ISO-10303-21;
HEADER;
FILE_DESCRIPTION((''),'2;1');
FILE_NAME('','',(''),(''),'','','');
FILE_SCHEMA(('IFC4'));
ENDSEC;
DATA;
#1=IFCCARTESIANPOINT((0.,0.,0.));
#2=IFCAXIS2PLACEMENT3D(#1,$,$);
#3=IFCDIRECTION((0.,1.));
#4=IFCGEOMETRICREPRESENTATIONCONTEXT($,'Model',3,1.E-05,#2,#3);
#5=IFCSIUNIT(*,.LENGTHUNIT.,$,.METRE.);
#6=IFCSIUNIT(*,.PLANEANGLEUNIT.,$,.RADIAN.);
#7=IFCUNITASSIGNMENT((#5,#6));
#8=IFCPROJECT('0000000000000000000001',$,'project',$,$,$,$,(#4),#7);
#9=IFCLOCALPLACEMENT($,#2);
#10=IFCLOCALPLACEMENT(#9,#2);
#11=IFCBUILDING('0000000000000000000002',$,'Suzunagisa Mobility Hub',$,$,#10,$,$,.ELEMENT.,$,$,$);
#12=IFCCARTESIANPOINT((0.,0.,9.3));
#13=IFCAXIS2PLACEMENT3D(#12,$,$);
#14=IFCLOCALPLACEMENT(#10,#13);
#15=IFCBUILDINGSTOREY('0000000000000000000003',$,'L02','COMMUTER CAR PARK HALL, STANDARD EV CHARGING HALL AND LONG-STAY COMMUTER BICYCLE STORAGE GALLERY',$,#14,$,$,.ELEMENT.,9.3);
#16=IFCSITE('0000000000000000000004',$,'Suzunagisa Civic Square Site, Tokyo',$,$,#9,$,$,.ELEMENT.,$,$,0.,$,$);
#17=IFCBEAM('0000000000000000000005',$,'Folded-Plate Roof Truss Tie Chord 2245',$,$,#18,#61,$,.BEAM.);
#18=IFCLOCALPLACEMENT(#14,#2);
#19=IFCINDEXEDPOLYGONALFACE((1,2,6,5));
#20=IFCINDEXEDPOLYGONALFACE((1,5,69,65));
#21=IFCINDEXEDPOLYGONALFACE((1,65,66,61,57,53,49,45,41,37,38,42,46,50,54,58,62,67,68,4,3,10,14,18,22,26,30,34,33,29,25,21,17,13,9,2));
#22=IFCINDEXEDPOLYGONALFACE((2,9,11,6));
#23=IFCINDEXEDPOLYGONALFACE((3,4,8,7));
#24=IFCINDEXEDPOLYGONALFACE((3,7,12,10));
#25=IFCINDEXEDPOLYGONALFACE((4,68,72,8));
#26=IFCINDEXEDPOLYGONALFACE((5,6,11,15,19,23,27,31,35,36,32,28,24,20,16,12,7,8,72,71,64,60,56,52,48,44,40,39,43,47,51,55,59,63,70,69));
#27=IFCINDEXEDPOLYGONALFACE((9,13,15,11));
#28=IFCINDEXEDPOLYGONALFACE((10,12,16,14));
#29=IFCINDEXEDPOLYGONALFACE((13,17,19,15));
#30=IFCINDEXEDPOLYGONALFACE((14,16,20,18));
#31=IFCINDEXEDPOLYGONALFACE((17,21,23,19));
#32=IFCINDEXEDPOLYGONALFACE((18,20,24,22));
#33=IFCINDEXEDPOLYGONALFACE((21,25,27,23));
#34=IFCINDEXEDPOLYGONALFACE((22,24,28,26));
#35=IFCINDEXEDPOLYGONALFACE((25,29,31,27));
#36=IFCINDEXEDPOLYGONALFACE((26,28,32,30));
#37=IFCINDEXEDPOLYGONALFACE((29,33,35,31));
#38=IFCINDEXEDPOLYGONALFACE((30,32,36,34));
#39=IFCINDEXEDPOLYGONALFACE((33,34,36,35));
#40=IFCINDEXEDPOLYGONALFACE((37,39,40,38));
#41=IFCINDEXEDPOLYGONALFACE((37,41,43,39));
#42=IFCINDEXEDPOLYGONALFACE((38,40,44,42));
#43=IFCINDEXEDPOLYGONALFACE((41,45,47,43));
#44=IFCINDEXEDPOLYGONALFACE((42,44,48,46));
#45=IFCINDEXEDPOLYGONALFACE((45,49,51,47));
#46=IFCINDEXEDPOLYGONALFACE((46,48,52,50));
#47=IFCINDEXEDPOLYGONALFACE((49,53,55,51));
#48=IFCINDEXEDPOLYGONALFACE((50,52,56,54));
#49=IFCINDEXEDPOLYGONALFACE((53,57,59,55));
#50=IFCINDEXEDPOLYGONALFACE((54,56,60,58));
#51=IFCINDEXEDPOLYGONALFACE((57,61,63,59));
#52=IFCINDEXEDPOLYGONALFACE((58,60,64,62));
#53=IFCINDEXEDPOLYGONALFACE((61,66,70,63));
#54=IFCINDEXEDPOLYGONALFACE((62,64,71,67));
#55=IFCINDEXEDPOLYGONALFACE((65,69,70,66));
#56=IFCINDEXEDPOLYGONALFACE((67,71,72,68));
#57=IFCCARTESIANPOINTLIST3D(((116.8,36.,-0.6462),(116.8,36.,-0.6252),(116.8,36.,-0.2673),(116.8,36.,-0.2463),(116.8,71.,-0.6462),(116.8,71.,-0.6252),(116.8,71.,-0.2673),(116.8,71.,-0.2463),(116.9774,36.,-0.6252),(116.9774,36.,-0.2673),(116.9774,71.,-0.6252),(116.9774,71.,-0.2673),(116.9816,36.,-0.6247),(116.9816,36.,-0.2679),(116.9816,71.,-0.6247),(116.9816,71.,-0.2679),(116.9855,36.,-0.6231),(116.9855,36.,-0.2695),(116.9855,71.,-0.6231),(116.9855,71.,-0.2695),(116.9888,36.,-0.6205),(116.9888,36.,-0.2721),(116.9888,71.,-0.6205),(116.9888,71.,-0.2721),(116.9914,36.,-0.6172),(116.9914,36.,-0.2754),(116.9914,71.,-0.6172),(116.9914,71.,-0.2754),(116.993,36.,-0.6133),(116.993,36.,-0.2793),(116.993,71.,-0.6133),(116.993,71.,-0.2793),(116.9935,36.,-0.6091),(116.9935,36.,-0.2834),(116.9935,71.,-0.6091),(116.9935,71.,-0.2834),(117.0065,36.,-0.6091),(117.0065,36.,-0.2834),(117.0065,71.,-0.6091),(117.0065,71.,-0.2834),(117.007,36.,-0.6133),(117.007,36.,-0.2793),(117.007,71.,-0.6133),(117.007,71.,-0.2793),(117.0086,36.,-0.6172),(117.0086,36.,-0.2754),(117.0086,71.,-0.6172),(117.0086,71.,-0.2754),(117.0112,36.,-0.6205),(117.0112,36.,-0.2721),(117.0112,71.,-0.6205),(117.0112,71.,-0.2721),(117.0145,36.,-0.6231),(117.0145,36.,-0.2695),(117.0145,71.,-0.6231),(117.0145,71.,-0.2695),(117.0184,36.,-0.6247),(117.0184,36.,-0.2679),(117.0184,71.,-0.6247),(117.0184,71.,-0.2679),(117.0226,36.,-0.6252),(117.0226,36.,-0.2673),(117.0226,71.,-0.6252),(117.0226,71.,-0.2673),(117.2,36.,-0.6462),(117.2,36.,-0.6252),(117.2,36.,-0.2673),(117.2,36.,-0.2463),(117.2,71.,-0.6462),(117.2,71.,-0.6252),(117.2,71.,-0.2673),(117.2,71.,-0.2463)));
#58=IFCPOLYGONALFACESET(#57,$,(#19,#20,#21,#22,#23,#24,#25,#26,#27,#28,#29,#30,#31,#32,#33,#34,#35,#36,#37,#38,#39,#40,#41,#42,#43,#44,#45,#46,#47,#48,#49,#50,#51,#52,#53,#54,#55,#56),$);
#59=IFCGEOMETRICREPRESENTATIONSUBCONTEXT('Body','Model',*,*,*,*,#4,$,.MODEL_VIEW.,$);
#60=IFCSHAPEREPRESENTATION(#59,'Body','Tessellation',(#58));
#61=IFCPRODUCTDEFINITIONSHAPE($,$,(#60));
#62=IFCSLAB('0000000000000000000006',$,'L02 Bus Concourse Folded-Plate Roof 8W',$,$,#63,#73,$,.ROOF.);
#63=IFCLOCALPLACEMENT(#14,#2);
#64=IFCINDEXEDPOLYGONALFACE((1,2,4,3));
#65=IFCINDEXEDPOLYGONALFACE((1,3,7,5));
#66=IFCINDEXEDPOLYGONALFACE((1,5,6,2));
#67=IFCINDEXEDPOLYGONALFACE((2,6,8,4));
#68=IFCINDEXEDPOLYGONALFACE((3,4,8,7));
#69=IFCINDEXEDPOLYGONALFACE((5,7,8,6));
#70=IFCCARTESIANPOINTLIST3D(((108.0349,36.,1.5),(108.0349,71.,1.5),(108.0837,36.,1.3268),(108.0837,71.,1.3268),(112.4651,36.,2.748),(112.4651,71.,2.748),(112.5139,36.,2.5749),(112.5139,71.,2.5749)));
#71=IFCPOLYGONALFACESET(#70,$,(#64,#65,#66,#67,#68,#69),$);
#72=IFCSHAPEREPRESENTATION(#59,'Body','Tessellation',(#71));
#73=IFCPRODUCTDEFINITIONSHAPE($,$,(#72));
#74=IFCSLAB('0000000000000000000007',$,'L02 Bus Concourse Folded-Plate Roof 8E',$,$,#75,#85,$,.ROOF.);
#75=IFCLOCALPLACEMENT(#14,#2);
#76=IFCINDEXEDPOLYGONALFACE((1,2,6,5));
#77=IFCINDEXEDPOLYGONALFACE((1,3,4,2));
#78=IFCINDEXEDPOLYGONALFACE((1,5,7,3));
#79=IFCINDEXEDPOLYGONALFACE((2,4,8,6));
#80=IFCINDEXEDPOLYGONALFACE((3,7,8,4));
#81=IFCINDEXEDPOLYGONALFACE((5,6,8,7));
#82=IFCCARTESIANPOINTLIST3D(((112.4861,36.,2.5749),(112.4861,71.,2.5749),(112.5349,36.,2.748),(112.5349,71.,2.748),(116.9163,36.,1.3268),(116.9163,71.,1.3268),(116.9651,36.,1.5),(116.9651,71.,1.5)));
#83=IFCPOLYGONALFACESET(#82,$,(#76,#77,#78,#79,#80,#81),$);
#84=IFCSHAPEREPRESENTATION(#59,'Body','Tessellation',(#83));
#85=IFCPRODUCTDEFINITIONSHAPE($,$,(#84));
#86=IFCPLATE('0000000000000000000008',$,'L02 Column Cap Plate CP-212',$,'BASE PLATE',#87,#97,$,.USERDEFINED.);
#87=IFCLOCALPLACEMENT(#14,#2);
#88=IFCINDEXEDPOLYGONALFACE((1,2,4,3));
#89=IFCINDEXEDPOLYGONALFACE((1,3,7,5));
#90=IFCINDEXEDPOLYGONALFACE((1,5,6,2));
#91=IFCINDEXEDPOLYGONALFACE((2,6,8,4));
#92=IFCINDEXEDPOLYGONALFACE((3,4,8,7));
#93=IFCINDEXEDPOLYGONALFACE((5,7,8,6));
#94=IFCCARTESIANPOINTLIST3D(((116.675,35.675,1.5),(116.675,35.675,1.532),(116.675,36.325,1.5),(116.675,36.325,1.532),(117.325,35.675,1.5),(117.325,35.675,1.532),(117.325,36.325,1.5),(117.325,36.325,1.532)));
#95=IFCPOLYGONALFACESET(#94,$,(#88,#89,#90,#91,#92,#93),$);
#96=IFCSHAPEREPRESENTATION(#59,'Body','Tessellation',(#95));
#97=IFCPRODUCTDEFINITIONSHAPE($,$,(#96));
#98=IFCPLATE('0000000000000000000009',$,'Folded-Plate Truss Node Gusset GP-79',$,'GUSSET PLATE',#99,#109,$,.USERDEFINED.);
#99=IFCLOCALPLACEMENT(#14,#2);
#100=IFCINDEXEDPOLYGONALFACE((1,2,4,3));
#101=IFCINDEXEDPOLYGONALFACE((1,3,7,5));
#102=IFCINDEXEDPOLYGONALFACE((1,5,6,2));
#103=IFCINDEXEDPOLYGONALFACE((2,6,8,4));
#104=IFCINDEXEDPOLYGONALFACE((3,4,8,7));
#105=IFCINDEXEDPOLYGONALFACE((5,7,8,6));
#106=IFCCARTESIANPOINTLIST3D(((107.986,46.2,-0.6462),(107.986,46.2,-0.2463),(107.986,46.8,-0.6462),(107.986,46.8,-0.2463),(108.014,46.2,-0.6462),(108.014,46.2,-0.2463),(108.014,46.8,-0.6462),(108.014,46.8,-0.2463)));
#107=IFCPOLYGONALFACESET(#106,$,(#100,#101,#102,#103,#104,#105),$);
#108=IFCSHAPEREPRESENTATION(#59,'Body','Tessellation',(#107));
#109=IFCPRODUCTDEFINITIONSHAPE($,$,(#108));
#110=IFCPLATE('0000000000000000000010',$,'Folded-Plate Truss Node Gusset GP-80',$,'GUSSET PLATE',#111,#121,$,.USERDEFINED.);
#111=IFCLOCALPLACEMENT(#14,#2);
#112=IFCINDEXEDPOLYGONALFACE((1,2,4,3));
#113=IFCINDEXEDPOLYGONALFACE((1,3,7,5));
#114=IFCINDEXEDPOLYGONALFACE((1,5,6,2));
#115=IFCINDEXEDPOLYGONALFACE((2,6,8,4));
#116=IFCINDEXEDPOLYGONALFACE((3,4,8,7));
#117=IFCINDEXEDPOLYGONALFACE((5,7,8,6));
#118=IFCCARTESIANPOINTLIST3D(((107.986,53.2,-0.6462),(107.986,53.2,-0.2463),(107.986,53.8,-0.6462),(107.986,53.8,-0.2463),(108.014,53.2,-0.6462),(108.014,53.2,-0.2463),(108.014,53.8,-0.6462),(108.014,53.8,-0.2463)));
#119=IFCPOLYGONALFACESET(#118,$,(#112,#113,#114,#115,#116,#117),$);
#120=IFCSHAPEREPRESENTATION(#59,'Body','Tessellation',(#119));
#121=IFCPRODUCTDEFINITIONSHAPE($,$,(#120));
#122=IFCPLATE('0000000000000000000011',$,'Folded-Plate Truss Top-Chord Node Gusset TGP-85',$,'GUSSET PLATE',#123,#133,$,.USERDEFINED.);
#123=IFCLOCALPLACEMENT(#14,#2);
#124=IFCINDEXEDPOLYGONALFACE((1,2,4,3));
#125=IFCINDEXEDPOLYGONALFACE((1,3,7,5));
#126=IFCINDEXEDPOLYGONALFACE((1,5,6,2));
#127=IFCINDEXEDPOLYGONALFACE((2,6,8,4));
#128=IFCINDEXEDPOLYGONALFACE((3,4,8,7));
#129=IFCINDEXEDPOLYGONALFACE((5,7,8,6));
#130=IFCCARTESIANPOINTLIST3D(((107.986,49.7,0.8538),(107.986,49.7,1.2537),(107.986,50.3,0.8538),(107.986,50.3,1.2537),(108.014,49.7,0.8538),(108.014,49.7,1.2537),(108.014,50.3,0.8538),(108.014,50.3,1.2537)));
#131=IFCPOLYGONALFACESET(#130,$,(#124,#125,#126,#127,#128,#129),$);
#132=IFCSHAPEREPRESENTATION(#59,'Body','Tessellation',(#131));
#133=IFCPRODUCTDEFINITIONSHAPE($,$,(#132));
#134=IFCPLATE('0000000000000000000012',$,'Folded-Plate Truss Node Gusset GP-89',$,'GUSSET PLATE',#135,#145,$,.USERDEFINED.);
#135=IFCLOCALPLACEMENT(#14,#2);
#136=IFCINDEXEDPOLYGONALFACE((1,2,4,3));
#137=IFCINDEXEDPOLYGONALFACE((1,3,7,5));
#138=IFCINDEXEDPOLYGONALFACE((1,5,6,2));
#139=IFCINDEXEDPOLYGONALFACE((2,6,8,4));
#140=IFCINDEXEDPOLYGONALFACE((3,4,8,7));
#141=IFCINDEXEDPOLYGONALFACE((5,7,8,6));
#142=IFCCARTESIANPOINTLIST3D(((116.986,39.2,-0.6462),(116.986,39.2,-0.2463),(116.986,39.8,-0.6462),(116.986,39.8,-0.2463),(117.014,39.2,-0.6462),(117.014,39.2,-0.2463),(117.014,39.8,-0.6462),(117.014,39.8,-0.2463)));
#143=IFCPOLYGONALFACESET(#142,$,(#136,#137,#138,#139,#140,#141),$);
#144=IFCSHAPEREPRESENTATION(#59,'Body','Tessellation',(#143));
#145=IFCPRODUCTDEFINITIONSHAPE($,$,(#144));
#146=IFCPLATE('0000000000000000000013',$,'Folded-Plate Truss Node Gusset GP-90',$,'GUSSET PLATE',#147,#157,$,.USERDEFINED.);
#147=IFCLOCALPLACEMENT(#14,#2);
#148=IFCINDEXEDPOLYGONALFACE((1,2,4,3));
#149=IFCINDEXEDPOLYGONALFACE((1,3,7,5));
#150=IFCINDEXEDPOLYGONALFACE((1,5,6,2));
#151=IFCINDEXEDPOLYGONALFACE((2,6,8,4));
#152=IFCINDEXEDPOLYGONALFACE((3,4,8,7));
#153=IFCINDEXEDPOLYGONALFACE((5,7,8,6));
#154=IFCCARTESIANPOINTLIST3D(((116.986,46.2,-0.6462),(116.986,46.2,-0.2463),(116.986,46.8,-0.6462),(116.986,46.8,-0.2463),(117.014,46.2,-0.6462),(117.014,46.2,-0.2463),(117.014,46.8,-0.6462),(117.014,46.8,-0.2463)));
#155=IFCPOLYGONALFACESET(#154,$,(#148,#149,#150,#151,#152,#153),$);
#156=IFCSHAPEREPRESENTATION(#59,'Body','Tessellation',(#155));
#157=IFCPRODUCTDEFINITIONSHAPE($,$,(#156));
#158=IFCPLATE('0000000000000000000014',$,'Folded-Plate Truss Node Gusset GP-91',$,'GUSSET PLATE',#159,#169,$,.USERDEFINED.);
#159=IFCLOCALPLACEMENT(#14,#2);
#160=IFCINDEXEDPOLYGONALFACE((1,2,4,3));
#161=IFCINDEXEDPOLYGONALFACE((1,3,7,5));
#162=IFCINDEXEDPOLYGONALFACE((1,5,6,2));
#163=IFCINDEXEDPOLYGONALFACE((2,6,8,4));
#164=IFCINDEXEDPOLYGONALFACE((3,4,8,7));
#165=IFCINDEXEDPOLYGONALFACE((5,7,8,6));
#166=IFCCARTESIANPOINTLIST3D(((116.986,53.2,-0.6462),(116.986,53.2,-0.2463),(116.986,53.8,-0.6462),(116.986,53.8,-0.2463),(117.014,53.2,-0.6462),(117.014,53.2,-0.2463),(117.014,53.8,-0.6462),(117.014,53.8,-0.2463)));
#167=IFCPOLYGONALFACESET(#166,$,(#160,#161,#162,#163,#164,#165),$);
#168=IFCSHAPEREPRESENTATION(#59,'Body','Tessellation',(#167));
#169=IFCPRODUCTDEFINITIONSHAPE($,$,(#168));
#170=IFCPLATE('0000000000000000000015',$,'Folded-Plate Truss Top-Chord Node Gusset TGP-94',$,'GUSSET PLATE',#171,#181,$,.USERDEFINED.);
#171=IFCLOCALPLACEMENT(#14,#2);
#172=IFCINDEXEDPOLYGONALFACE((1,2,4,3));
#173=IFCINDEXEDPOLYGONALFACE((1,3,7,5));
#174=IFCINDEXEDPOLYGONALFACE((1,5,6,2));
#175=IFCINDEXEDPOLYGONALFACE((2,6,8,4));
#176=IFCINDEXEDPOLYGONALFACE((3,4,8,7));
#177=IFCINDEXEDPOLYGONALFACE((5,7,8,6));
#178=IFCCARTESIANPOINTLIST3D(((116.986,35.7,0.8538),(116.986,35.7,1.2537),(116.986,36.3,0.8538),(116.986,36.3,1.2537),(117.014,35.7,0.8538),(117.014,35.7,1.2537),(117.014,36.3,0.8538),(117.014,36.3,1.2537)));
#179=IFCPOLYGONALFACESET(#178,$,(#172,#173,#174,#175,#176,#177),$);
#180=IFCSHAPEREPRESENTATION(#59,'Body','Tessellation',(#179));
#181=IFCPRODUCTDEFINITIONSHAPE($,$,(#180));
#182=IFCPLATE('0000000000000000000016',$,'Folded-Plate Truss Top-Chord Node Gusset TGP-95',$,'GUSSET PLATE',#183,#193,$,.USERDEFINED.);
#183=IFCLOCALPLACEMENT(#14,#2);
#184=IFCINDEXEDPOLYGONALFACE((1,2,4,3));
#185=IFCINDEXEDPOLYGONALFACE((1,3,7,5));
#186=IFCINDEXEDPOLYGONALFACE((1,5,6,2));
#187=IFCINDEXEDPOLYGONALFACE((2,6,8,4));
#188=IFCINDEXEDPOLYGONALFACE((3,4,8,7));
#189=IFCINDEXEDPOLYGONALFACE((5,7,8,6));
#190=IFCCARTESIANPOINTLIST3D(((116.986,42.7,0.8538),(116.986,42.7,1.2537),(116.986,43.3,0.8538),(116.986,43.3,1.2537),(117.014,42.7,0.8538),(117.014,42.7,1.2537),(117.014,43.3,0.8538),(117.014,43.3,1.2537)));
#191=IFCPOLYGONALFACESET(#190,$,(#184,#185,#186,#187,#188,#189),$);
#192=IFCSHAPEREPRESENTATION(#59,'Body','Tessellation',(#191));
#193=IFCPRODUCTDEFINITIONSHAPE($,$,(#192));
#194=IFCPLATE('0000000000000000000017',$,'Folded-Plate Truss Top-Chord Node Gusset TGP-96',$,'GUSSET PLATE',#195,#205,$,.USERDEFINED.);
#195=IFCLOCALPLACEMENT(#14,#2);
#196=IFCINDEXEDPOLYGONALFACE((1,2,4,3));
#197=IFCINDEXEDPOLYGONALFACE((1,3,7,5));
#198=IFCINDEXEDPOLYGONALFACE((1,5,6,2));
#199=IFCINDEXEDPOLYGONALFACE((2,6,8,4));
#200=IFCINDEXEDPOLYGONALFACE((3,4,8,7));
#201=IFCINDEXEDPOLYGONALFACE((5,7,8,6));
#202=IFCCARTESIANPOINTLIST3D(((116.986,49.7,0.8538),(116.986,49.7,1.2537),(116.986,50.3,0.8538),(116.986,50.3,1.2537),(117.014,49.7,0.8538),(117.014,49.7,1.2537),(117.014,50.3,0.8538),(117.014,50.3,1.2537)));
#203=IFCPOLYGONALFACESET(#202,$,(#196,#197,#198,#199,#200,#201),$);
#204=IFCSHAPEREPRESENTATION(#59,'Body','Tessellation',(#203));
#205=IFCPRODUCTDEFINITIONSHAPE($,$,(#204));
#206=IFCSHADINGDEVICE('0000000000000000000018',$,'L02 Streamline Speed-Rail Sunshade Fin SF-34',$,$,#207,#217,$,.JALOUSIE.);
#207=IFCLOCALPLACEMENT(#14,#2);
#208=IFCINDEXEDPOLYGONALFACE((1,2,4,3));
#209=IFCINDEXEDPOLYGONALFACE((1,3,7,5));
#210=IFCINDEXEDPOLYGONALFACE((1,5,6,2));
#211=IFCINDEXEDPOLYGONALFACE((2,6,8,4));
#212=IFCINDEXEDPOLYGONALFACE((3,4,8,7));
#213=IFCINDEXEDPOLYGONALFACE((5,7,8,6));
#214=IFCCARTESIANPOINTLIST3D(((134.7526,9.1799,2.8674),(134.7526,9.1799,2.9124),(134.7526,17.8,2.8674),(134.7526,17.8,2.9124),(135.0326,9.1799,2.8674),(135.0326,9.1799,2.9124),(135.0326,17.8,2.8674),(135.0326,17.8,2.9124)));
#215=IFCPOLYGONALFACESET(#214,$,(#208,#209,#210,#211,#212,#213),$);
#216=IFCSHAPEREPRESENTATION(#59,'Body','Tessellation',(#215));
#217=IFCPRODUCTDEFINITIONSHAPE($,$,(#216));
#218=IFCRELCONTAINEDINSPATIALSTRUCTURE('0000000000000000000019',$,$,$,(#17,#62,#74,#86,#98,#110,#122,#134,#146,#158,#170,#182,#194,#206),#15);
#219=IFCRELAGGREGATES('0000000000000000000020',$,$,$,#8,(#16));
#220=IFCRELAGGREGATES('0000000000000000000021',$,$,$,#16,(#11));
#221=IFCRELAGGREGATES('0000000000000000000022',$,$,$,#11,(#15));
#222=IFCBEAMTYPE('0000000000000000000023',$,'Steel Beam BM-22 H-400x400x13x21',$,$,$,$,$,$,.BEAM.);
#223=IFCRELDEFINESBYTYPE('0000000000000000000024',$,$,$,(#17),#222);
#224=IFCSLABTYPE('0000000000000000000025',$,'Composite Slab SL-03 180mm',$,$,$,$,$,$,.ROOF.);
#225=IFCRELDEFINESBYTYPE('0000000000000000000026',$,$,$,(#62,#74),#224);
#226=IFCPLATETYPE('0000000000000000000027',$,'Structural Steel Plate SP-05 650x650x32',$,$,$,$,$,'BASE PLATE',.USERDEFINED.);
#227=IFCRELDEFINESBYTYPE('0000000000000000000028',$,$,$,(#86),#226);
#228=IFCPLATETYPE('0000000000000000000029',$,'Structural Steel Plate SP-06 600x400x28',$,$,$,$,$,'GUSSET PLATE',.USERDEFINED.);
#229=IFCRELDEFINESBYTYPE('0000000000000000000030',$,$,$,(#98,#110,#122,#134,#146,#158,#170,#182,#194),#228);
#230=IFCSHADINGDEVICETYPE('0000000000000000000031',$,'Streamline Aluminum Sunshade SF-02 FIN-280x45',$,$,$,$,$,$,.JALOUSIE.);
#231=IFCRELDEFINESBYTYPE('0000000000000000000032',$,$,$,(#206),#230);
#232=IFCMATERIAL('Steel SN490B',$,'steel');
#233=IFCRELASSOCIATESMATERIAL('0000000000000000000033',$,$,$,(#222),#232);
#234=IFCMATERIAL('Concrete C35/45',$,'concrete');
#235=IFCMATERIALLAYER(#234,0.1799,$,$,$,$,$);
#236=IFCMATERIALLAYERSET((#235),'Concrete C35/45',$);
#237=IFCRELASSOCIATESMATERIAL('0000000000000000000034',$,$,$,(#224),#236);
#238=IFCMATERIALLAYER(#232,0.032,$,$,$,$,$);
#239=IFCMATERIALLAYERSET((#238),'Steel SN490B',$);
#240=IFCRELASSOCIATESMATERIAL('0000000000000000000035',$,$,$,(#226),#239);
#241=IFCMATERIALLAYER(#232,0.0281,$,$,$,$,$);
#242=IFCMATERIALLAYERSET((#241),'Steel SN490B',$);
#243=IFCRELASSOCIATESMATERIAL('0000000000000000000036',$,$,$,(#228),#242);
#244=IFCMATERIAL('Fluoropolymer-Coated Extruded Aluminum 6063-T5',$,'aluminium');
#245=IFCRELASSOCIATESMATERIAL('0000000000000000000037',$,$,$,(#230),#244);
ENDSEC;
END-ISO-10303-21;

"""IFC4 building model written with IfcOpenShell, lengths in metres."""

from ifc_helpers import new_model, si_unit, direction, frame, origin, origin_2d, place, context, subcontext, project, spatial, polyline, rectangle, i_section, outline, extrude, material, layer, layer_set, material_profile, profile_set, type_object, element, save


model = new_model("IFC4")

# Units and contexts
model_context = context("Model", 3, precision=1e-05, world=origin(), true_north=direction((0.0, 1.0)))
body_context = subcontext(model_context, "Body", "Model", "MODEL_VIEW")
ifc_project = project(units=[si_unit("LENGTHUNIT", "METRE"), si_unit("PLANEANGLEUNIT", "RADIAN")], contexts=[model_context])

# Site, building, storey
site_placement = place(None, origin())
site = spatial("IfcSite", under=ifc_project, at=site_placement, Name="Suzunagisa Civic Square Site, Tokyo", CompositionType="ELEMENT", RefElevation=0.0)
building_placement = place(site_placement, origin())
building = spatial("IfcBuilding", under=site, at=building_placement, Name="Suzunagisa Mobility Hub", CompositionType="ELEMENT")
storey_placement = place(building_placement, frame((0.0, 0.0, 9.3)))
storey = spatial("IfcBuildingStorey", under=building, at=storey_placement, Name="L02", Description="COMMUTER CAR PARK HALL, STANDARD EV CHARGING HALL AND LONG-STAY COMMUTER BICYCLE STORAGE GALLERY", CompositionType="ELEMENT", Elevation=9.3)

# Shared definitions
ifc_material_1 = material(Name="Steel SN490B", Category="steel")

# Beam
ifc_material_profile_1 = material_profile(ifc_material_1, i_section(OverallWidth=0.3999, OverallDepth=0.3999, WebThickness=0.0129, FlangeThickness=0.021, FilletRadius=0.0161, at=origin_2d()), Name="H-400x400x13x21")
ifc_profile_set_1 = profile_set([ifc_material_profile_1], Name="Steel SN490B")
beam_type_1 = type_object("IfcBeamType", Name="Steel Beam BM-22 H-400x400x13x21", PredefinedType="BEAM", material=ifc_profile_set_1)
beam_1_placement = place(storey_placement, frame((117.0, 36.0, -0.4463), z_axis=(0.0, 1.0, 0.0), x_axis=(-1.0, 0.0, 0.0)))
element("IfcBeam", 1, at=beam_1_placement, inside=storey, type_object=beam_type_1, Name="Folded-Plate Roof Truss Tie Chord 2245", PredefinedType="BEAM", context=body_context, shape_type="SweptSolid", body=[
    extrude(i_section(OverallWidth=0.3999, OverallDepth=0.3999, WebThickness=0.0129, FlangeThickness=0.021, FilletRadius=0.0161, at=origin_2d()), origin(), (0.0, 0.0, 1.0), 35.0),
])

# Slabs
ifc_material_2 = material(Name="Concrete C35/45", Category="concrete")
ifc_layer_1 = layer(ifc_material_2, 0.1799)
ifc_layer_set_1 = layer_set([ifc_layer_1], Name="Concrete C35/45")
slab_type = type_object("IfcSlabType", Name="Composite Slab SL-03 180mm", PredefinedType="ROOF", material=ifc_layer_set_1)
for number, where, z_axis, x_axis, name in (
    (2, (108.0349, 36.0, 1.5), (-0.27116, 0.0, 0.962534), (0.962534, 0.0, 0.27116), "L02 Bus Concourse Folded-Plate Roof 8W"),
    (3, (112.5349, 36.0, 2.748), (0.27116, 0.0, 0.962534), (0.962534, 0.0, -0.27116), "L02 Bus Concourse Folded-Plate Roof 8E"),
):
    element("IfcSlab", number, at=place(storey_placement, frame(where, z_axis=z_axis, x_axis=x_axis)), inside=storey, type_object=slab_type, Name=name, PredefinedType="ROOF", context=body_context, shape_type="SweptSolid", body=[
        extrude(outline(polyline([(0.0, 0.0), (4.6026, 0.0), (4.6026, 35.0), (0.0, 35.0), (0.0, 0.0)])), origin(), (0.0, 0.0, -1.0), 0.1799),
    ])

# Plates
ifc_layer_2 = layer(ifc_material_1, 0.032)
ifc_layer_set_2 = layer_set([ifc_layer_2], Name="Steel SN490B")
plate_type_1 = type_object("IfcPlateType", Name="Structural Steel Plate SP-05 650x650x32", ElementType="BASE PLATE", PredefinedType="USERDEFINED", material=ifc_layer_set_2)
plate_placement = place(storey_placement, frame((117.0, 36.0, 1.5), z_axis=(0.0, 0.0, 1.0), x_axis=(1.0, 0.0, 0.0)))
element("IfcPlate", 4, at=plate_placement, inside=storey, type_object=plate_type_1, Name="L02 Column Cap Plate CP-212", ObjectType="BASE PLATE", PredefinedType="USERDEFINED", context=body_context, shape_type="SweptSolid", body=[
    extrude(rectangle(XDim=0.6499, YDim=0.6499, at=origin_2d()), origin(), (0.0, 0.0, 1.0), 0.032),
])
ifc_layer_3 = layer(ifc_material_1, 0.0281)
ifc_layer_set_3 = layer_set([ifc_layer_3], Name="Steel SN490B")
plate_type_2 = type_object("IfcPlateType", Name="Structural Steel Plate SP-06 600x400x28", ElementType="GUSSET PLATE", PredefinedType="USERDEFINED", material=ifc_layer_set_3)
for number, where, z_axis, x_axis, name in (
    (5, (108.0, 46.5, -0.6462), (0.0, 0.0, 1.0), (1.0, 0.0, 0.0), "Folded-Plate Truss Node Gusset GP-79"),
    (6, (108.0, 53.5, -0.6462), (0.0, 0.0, 1.0), (1.0, 0.0, 0.0), "Folded-Plate Truss Node Gusset GP-80"),
    (7, (108.0, 50.0, 0.8538), (0.0, 0.0, 1.0), (1.0, 0.0, 0.0), "Folded-Plate Truss Top-Chord Node Gusset TGP-85"),
    (8, (117.0, 39.5, -0.6462), (0.0, 0.0, 1.0), (1.0, 0.0, 0.0), "Folded-Plate Truss Node Gusset GP-89"),
    (9, (117.0, 46.5, -0.6462), (0.0, 0.0, 1.0), (1.0, 0.0, 0.0), "Folded-Plate Truss Node Gusset GP-90"),
    (10, (117.0, 53.5, -0.6462), (0.0, 0.0, 1.0), (1.0, 0.0, 0.0), "Folded-Plate Truss Node Gusset GP-91"),
    (11, (117.0, 36.0, 0.8538), (0.0, 0.0, 1.0), (1.0, 0.0, 0.0), "Folded-Plate Truss Top-Chord Node Gusset TGP-94"),
    (12, (117.0, 43.0, 0.8538), (0.0, 0.0, 1.0), (1.0, 0.0, 0.0), "Folded-Plate Truss Top-Chord Node Gusset TGP-95"),
    (13, (117.0, 50.0, 0.8538), (0.0, 0.0, 1.0), (1.0, 0.0, 0.0), "Folded-Plate Truss Top-Chord Node Gusset TGP-96"),
):
    element("IfcPlate", number, at=place(storey_placement, frame(where, z_axis=z_axis, x_axis=x_axis)), inside=storey, type_object=plate_type_2, Name=name, ObjectType="GUSSET PLATE", PredefinedType="USERDEFINED", context=body_context, shape_type="SweptSolid", body=[
        extrude(rectangle(XDim=0.0281, YDim=0.6001, at=origin_2d()), origin(), (0.0, 0.0, 1.0), 0.3999),
    ])

# Shading device
ifc_material_3 = material(Name="Fluoropolymer-Coated Extruded Aluminum 6063-T5", Category="aluminium")
ifc_material_profile_2 = material_profile(ifc_material_3, rectangle(XDim=0.28, YDim=0.0449, at=origin_2d()), Name="FIN-280x45")
ifc_profile_set_2 = profile_set([ifc_material_profile_2], Name="Fluoropolymer-Coated Extruded Aluminum 6063-T5")
shading_device_type = type_object("IfcShadingDeviceType", Name="Streamline Aluminum Sunshade SF-02 FIN-280x45", PredefinedType="JALOUSIE", material=ifc_profile_set_2)
shading_device_placement = place(storey_placement, frame((134.8926, 17.8, 2.8899), z_axis=(0.0, -1.0, 0.0), x_axis=(1.0, 0.0, 0.0)))
element("IfcShadingDevice", 14, at=shading_device_placement, inside=storey, type_object=shading_device_type, Name="L02 Streamline Speed-Rail Sunshade Fin SF-34", PredefinedType="JALOUSIE", context=body_context, shape_type="SweptSolid", body=[
    extrude(rectangle(XDim=0.28, YDim=0.0449, at=origin_2d()), origin(), (0.0, 0.0, 1.0), 8.6201),
])

save(model, "model.ifc")
